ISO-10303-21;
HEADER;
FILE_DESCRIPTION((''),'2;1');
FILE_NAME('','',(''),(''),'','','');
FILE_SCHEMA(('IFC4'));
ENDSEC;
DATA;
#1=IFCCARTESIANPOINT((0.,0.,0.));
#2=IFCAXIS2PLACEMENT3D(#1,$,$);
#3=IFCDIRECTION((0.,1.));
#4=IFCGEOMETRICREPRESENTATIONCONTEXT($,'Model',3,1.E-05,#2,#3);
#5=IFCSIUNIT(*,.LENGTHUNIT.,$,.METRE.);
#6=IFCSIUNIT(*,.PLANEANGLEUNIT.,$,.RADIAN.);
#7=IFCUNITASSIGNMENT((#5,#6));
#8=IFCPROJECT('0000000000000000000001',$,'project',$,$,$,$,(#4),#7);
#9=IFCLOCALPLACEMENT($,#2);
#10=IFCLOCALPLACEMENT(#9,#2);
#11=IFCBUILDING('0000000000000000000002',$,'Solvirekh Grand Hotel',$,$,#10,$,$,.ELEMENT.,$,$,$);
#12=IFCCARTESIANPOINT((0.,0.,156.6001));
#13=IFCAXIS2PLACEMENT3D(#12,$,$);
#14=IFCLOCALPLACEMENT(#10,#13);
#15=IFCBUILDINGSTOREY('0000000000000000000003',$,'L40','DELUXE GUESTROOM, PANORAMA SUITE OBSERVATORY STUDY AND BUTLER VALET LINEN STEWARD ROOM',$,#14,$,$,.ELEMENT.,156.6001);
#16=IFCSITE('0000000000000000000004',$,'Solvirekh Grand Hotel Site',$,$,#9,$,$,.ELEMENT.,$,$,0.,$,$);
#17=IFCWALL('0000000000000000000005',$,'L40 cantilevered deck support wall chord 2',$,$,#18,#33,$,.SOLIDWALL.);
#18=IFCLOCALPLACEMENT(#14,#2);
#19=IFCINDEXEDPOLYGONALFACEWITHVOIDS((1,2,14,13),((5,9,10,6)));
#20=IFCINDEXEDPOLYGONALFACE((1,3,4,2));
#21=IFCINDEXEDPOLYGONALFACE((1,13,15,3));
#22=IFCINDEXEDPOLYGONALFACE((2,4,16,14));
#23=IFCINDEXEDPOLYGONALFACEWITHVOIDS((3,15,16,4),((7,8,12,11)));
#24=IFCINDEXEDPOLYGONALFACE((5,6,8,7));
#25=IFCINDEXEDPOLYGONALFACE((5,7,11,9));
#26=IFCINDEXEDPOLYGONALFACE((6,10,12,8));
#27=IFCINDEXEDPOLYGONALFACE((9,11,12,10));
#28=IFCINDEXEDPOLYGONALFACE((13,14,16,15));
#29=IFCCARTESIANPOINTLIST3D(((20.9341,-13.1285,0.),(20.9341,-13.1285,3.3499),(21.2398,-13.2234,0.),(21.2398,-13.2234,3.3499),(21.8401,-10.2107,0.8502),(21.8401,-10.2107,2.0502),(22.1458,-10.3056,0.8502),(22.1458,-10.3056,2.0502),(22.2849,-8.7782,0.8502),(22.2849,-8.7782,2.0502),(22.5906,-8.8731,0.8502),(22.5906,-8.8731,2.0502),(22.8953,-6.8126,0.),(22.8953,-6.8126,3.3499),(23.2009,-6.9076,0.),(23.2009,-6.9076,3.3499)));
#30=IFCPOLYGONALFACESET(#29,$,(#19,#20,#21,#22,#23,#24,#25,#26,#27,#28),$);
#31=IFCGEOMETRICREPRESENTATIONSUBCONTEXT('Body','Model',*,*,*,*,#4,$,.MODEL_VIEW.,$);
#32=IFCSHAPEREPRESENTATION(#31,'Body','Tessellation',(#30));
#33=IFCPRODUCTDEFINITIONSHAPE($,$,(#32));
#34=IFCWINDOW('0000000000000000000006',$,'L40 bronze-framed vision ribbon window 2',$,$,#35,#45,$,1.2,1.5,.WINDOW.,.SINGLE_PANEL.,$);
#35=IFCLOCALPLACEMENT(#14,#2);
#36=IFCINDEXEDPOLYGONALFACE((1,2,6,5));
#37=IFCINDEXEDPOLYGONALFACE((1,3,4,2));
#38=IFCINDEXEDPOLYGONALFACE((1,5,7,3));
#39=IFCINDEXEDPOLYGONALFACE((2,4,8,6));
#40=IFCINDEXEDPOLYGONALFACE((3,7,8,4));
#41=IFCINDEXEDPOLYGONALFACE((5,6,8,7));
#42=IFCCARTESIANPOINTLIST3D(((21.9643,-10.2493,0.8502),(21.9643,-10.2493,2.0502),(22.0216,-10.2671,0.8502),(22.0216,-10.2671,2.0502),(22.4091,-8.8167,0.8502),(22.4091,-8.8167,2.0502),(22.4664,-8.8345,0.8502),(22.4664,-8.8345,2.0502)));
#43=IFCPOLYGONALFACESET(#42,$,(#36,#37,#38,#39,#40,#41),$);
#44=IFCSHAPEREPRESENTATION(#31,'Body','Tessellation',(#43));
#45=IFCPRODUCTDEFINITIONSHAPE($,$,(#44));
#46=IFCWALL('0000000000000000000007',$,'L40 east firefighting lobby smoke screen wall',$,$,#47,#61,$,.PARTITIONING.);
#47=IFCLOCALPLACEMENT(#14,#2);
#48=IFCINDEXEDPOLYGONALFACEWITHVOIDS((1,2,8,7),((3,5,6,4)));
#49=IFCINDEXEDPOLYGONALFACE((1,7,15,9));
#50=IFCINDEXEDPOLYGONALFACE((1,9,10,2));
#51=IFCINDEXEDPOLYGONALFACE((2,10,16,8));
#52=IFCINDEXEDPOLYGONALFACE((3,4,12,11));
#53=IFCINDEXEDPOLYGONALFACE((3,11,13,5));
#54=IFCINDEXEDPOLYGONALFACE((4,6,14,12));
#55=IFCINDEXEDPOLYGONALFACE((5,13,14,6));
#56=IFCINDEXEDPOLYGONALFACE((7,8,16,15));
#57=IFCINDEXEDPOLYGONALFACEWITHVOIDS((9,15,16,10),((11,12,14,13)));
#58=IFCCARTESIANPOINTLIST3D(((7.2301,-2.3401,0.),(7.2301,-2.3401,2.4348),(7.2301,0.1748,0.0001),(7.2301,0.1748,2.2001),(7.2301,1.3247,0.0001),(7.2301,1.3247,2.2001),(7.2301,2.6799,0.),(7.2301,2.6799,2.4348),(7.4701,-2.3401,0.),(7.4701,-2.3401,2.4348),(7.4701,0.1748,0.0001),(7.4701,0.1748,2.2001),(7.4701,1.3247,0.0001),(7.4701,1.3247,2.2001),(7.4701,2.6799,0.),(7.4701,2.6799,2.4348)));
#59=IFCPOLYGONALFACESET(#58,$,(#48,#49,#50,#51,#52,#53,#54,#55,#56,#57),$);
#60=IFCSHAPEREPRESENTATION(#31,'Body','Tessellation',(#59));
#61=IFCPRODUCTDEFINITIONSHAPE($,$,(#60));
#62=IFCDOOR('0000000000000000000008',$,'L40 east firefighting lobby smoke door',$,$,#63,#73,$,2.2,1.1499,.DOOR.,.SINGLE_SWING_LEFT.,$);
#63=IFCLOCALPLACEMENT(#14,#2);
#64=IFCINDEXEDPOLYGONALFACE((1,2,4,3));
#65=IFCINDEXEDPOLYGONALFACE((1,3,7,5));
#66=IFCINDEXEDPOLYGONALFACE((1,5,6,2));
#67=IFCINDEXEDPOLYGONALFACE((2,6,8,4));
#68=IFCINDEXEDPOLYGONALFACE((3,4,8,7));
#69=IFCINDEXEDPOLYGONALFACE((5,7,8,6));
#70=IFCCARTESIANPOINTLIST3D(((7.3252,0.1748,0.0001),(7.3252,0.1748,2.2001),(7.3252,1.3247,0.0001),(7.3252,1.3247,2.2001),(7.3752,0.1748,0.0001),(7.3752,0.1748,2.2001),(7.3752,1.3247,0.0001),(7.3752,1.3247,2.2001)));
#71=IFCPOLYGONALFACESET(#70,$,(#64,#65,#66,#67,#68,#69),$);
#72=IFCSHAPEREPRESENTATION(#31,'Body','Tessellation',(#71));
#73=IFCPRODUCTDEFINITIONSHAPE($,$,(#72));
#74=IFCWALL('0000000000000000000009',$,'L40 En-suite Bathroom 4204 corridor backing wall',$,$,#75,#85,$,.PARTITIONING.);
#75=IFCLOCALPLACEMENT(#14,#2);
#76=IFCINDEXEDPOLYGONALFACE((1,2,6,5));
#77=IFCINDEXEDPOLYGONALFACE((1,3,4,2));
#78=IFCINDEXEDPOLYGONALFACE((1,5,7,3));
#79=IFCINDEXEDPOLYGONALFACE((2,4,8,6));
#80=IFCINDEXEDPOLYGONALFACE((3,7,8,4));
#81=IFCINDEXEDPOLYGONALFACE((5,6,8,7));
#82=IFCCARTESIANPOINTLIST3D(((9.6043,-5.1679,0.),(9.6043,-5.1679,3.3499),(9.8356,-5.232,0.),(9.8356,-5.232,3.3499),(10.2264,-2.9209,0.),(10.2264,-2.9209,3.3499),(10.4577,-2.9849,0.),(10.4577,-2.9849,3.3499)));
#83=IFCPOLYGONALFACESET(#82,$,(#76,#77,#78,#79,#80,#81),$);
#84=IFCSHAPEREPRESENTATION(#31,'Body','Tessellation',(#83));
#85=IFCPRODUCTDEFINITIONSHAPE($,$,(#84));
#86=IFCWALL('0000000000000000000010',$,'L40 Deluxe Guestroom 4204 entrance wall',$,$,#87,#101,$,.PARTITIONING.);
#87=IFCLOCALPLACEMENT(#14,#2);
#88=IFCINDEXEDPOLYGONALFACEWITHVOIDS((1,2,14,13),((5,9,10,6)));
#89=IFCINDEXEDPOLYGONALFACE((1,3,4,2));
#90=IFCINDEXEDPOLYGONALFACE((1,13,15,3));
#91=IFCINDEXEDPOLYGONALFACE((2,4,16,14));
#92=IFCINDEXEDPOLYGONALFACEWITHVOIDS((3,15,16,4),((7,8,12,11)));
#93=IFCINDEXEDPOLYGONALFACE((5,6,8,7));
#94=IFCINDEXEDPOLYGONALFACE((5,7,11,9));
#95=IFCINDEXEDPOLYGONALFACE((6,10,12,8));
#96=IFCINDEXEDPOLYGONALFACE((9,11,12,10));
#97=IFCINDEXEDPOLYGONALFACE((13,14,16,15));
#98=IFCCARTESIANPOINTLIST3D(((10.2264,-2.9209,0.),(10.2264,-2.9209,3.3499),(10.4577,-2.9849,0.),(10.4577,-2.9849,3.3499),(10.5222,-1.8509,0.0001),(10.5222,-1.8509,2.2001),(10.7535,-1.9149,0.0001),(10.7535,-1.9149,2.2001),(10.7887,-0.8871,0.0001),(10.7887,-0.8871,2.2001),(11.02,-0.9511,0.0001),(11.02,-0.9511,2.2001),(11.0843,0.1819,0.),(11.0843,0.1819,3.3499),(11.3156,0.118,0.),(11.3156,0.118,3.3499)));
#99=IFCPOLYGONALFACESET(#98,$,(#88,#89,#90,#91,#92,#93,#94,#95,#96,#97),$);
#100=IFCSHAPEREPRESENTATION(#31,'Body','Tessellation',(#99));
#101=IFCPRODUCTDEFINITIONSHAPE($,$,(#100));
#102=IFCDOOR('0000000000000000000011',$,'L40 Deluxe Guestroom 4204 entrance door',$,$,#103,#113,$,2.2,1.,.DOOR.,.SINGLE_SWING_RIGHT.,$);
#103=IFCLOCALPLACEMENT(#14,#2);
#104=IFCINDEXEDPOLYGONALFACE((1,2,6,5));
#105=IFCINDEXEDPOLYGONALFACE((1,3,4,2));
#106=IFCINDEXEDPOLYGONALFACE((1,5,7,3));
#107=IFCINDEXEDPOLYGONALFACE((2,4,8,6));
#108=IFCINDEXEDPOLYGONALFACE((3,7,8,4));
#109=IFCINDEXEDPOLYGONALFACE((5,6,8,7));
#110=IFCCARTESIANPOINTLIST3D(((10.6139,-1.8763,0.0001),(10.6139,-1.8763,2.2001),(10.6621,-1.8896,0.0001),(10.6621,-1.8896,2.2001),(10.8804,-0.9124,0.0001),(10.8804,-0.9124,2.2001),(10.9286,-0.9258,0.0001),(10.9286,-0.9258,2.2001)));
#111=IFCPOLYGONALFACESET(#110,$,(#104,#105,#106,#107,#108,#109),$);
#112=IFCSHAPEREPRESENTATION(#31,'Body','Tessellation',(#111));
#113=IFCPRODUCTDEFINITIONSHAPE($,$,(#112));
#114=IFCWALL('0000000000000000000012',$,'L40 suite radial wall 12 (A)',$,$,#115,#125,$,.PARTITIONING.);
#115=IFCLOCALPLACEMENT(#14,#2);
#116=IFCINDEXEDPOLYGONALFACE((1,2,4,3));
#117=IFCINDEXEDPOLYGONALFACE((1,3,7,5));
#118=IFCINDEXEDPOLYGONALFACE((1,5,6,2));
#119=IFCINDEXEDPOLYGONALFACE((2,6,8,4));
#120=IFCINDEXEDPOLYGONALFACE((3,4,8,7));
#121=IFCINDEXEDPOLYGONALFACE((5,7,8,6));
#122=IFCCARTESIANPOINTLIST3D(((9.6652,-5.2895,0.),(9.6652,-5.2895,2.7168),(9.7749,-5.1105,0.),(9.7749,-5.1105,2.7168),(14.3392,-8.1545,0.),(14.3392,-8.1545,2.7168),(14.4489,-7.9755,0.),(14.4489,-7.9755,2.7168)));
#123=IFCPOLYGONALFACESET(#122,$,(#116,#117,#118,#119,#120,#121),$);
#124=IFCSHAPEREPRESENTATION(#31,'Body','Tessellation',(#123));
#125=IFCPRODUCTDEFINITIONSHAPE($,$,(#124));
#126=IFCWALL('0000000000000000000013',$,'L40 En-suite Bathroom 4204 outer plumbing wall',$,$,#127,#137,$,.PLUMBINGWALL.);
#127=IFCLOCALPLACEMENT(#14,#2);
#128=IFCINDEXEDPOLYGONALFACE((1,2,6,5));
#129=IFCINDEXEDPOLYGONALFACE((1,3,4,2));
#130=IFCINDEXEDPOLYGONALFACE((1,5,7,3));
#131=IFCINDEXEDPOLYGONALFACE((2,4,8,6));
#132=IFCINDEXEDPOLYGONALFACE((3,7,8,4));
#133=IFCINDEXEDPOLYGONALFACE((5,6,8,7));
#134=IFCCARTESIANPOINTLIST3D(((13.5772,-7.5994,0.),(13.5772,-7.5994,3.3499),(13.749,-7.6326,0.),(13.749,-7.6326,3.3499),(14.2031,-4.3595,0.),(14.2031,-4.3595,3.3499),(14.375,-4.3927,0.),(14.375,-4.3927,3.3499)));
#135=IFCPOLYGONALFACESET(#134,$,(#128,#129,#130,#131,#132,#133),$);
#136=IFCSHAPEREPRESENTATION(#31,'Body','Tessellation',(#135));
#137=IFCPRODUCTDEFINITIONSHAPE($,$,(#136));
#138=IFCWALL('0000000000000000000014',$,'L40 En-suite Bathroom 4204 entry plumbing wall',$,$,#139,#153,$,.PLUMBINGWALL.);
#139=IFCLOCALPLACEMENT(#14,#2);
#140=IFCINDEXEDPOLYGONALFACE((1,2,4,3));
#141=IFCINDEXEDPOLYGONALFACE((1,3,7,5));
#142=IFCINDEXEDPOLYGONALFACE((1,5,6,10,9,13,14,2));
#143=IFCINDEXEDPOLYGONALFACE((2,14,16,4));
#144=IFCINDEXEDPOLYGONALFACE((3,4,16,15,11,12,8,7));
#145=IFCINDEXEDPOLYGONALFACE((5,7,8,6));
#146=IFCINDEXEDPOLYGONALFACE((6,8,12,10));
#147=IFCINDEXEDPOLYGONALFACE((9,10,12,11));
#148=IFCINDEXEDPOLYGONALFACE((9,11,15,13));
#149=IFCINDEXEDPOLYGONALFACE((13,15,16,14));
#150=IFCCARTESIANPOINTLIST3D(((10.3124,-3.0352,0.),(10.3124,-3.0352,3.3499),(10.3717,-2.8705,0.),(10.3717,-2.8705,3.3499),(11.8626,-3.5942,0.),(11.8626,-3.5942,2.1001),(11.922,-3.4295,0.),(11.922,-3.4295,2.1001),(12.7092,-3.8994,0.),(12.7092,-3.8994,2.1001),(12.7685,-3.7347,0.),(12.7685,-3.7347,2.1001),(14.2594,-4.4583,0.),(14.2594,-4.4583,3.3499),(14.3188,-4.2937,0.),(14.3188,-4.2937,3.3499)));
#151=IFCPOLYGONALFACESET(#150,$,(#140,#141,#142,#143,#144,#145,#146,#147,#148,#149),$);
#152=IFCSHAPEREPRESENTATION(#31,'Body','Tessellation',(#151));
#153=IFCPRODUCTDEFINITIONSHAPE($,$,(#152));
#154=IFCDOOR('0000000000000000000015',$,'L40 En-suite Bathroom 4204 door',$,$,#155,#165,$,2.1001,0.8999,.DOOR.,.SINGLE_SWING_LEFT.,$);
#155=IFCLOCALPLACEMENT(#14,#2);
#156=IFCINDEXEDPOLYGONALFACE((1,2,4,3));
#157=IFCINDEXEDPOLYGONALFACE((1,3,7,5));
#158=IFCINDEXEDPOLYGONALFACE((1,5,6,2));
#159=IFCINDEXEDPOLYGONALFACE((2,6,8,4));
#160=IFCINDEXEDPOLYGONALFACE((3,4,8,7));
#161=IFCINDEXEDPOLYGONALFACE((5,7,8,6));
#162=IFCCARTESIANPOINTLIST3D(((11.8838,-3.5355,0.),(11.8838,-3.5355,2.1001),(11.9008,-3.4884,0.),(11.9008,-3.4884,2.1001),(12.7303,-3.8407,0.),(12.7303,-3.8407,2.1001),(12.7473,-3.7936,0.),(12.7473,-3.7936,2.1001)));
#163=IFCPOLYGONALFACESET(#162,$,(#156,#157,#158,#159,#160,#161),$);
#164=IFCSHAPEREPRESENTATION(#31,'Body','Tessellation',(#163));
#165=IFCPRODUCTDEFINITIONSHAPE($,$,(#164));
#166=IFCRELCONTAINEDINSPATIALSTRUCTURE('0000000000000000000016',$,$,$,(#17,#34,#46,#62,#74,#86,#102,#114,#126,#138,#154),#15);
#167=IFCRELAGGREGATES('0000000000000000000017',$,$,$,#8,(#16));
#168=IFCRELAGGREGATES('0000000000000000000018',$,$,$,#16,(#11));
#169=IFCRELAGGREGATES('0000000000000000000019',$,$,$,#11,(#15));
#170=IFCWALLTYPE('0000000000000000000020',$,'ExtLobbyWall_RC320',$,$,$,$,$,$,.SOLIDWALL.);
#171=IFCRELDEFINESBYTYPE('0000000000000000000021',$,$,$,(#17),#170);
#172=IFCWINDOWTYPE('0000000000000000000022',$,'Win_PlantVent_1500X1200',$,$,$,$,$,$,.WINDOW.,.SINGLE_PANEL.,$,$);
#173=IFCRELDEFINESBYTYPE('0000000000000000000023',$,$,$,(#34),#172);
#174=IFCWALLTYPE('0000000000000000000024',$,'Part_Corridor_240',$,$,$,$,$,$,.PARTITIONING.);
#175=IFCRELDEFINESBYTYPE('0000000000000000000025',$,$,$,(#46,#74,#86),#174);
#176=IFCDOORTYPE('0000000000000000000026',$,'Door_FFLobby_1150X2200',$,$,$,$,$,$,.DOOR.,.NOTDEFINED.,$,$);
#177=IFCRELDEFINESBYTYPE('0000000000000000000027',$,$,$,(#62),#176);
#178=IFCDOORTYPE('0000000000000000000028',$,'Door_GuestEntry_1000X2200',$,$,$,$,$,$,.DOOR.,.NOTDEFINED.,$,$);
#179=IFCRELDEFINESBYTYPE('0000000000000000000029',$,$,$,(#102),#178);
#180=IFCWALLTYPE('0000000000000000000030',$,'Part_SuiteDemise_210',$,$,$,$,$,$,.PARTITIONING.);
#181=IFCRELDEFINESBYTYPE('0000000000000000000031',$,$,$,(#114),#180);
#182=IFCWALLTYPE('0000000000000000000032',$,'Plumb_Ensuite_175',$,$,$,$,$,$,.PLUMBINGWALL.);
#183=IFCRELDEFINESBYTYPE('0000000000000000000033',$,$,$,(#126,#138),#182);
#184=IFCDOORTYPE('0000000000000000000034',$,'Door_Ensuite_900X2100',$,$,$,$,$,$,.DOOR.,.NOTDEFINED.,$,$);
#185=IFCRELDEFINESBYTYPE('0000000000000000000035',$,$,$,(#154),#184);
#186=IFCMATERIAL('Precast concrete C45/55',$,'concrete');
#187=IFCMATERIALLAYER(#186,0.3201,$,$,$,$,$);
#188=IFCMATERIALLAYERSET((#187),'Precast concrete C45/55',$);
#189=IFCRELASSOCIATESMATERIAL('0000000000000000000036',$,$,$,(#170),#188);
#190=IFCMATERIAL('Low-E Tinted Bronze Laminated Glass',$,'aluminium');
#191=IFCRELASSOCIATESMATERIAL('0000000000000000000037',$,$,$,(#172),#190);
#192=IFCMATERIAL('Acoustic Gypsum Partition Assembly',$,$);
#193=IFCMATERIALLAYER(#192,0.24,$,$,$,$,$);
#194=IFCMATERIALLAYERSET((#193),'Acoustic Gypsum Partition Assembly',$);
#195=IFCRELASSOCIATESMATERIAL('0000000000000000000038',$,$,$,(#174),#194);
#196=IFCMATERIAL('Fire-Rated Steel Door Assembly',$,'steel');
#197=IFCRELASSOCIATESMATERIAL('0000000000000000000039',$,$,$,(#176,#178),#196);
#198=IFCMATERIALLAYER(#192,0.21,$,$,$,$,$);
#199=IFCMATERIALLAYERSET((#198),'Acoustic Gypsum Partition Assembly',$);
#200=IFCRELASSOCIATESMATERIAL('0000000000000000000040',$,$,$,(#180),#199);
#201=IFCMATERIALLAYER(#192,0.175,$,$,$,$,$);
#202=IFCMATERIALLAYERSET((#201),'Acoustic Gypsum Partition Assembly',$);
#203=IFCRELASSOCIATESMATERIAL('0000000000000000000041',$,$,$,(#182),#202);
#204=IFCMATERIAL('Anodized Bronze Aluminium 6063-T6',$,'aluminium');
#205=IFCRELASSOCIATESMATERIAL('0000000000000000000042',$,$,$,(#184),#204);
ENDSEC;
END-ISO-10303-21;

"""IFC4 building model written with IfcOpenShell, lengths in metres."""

from ifc_helpers import new_model, si_unit, direction, frame, frame_2d, origin, place, context, subcontext, project, spatial, rectangle, extrude, material, layer, layer_set, type_object, element, fill, save


model = new_model("IFC4")

# Units and contexts
model_context = context("Model", 3, precision=1e-05, world=origin(), true_north=direction((0.0, 1.0)))
body_context = subcontext(model_context, "Body", "Model", "MODEL_VIEW")
ifc_project = project(units=[si_unit("LENGTHUNIT", "METRE"), si_unit("PLANEANGLEUNIT", "RADIAN")], contexts=[model_context])

# Site, building, storey
site_placement = place(None, origin())
site = spatial("IfcSite", under=ifc_project, at=site_placement, Name="Solvirekh Grand Hotel Site", CompositionType="ELEMENT", RefElevation=0.0)
building_placement = place(site_placement, origin())
building = spatial("IfcBuilding", under=site, at=building_placement, Name="Solvirekh Grand Hotel", CompositionType="ELEMENT")
storey_placement = place(building_placement, frame((0.0, 0.0, 156.6001)))
storey = spatial("IfcBuildingStorey", under=building, at=storey_placement, Name="L40", Description="DELUXE GUESTROOM, PANORAMA SUITE OBSERVATORY STUDY AND BUTLER VALET LINEN STEWARD ROOM", CompositionType="ELEMENT", Elevation=156.6001)

# Wall, opening, window
ifc_material_1 = material(Name="Precast concrete C45/55", Category="concrete")
ifc_layer_1 = layer(ifc_material_1, 0.3201)
ifc_layer_set_1 = layer_set([ifc_layer_1], Name="Precast concrete C45/55")
wall_type_1 = type_object("IfcWallType", Name="ExtLobbyWall_RC320", PredefinedType="SOLIDWALL", material=ifc_layer_set_1)
wall_1_placement = place(storey_placement, frame((23.0481, -6.8601, 0.0), z_axis=(0.0, 0.0, 1.0), x_axis=(-0.296547, -0.955018, 0.0)))
wall_1 = element("IfcWall", 1, at=wall_1_placement, inside=storey, type_object=wall_type_1, Name="L40 cantilevered deck support wall chord 2", PredefinedType="SOLIDWALL", context=body_context, shape_type="SweptSolid", body=[
    extrude(rectangle(XDim=6.6133, YDim=0.3201, at=frame_2d((3.3066, 0.0))), origin(), (0.0, 0.0, 1.0), 3.3499),
])
opening_1_placement = place(wall_1_placement, frame((2.0581, 0.0, 0.8501)))
opening_1 = element("IfcOpeningElement", 2, at=opening_1_placement, cuts=wall_1, PredefinedType="OPENING", context=body_context, shape_type="SweptSolid", body=[
    extrude(rectangle(XDim=1.5, YDim=1.2, at=frame_2d((0.75, 0.6001))), frame((0.0, 0.1699, 0.0), z_axis=(0.0, -1.0, 0.0), x_axis=(1.0, 0.0, 0.0)), (0.0, 0.0, 1.0), 0.3401),
])
ifc_material_2 = material(Name="Low-E Tinted Bronze Laminated Glass", Category="aluminium")
window_type = type_object("IfcWindowType", Name="Win_PlantVent_1500X1200", PartitioningType="SINGLE_PANEL", PredefinedType="WINDOW", material=ifc_material_2)
window_placement = place(opening_1_placement, origin())
window = element("IfcWindow", 3, at=window_placement, inside=storey, type_object=window_type, Name="L40 bronze-framed vision ribbon window 2", OverallHeight=1.2, OverallWidth=1.5, PartitioningType="SINGLE_PANEL", PredefinedType="WINDOW", context=body_context, shape_type="SweptSolid", body=[
    extrude(rectangle(XDim=1.5, YDim=1.2, at=frame_2d((0.75, 0.6001))), frame((0.0, 0.03, 0.0), z_axis=(0.0, -1.0, 0.0), x_axis=(1.0, 0.0, 0.0)), (0.0, 0.0, 1.0), 0.0601),
])
fill(opening_1, window)

# Wall, opening, door
ifc_material_3 = material(Name="Acoustic Gypsum Partition Assembly")
ifc_layer_2 = layer(ifc_material_3, 0.24)
ifc_layer_set_2 = layer_set([ifc_layer_2], Name="Acoustic Gypsum Partition Assembly")
wall_type_2 = type_object("IfcWallType", Name="Part_Corridor_240", PredefinedType="PARTITIONING", material=ifc_layer_set_2)
wall_2_placement = place(storey_placement, frame((7.3501, -2.3401, 0.0), z_axis=(0.0, 0.0, 1.0), x_axis=(0.0, 1.0, 0.0)))
wall_2 = element("IfcWall", 4, at=wall_2_placement, inside=storey, type_object=wall_type_2, Name="L40 east firefighting lobby smoke screen wall", PredefinedType="PARTITIONING", context=body_context, shape_type="SweptSolid", body=[
    extrude(rectangle(XDim=5.02, YDim=0.24, at=frame_2d((2.51, 0.0))), origin(), (0.0, 0.0, 1.0), 2.4348),
])
opening_2_placement = place(wall_2_placement, frame((2.5149, 0.0, 0.0)))
opening_2 = element("IfcOpeningElement", 5, at=opening_2_placement, cuts=wall_2, PredefinedType="OPENING", context=body_context, shape_type="SweptSolid", body=[
    extrude(rectangle(XDim=1.1499, YDim=2.2, at=frame_2d((0.575, 1.1001))), frame((0.0, 0.1299, 0.0), z_axis=(0.0, -1.0, 0.0), x_axis=(1.0, 0.0, 0.0)), (0.0, 0.0, 1.0), 0.26),
])
ifc_material_4 = material(Name="Fire-Rated Steel Door Assembly", Category="steel")
door_type_1 = type_object("IfcDoorType", Name="Door_FFLobby_1150X2200", OperationType="NOTDEFINED", PredefinedType="DOOR", material=ifc_material_4)
door_1_placement = place(opening_2_placement, origin())
door_1 = element("IfcDoor", 6, at=door_1_placement, inside=storey, type_object=door_type_1, Name="L40 east firefighting lobby smoke door", OperationType="SINGLE_SWING_LEFT", OverallHeight=2.2, OverallWidth=1.1499, PredefinedType="DOOR", context=body_context, shape_type="SweptSolid", body=[
    extrude(rectangle(XDim=1.1499, YDim=2.2, at=frame_2d((0.575, 1.1001))), frame((0.0, 0.0249, 0.0), z_axis=(0.0, -1.0, 0.0), x_axis=(1.0, 0.0, 0.0)), (0.0, 0.0, 1.0), 0.05),
])
fill(opening_2, door_1)

# Wall
wall_3_placement = place(storey_placement, frame((9.72, -5.2, 0.0), z_axis=(0.0, 0.0, 1.0), x_axis=(0.266801, 0.963752, 0.0)))
element("IfcWall", 7, at=wall_3_placement, inside=storey, type_object=wall_type_2, Name="L40 En-suite Bathroom 4204 corridor backing wall", PredefinedType="PARTITIONING", context=body_context, shape_type="SweptSolid", body=[
    extrude(rectangle(XDim=2.3315, YDim=0.24, at=frame_2d((1.1658, 0.0))), origin(), (0.0, 0.0, 1.0), 3.3499),
])

# Wall, opening, door
wall_4_placement = place(storey_placement, frame((10.342, -2.9529, 0.0), z_axis=(0.0, 0.0, 1.0), x_axis=(0.266498, 0.963836, 0.0)))
wall_4 = element("IfcWall", 8, at=wall_4_placement, inside=storey, type_object=wall_type_2, Name="L40 Deluxe Guestroom 4204 entrance wall", PredefinedType="PARTITIONING", context=body_context, shape_type="SweptSolid", body=[
    extrude(rectangle(XDim=3.2192, YDim=0.24, at=frame_2d((1.6096, 0.0))), origin(), (0.0, 0.0, 1.0), 3.3499),
])
opening_3_placement = place(wall_4_placement, frame((1.1101, 0.0, 0.0)))
opening_3 = element("IfcOpeningElement", 9, at=opening_3_placement, cuts=wall_4, PredefinedType="OPENING", context=body_context, shape_type="SweptSolid", body=[
    extrude(rectangle(XDim=1.0, YDim=2.2, at=frame_2d((0.5, 1.1001))), frame((0.0, 0.1299, 0.0), z_axis=(0.0, -1.0, 0.0), x_axis=(1.0, 0.0, 0.0)), (0.0, 0.0, 1.0), 0.26),
])
door_type_2 = type_object("IfcDoorType", Name="Door_GuestEntry_1000X2200", OperationType="NOTDEFINED", PredefinedType="DOOR", material=ifc_material_4)
door_2_placement = place(opening_3_placement, origin())
door_2 = element("IfcDoor", 10, at=door_2_placement, inside=storey, type_object=door_type_2, Name="L40 Deluxe Guestroom 4204 entrance door", OperationType="SINGLE_SWING_RIGHT", OverallHeight=2.2, OverallWidth=1.0, PredefinedType="DOOR", context=body_context, shape_type="SweptSolid", body=[
    extrude(rectangle(XDim=1.0, YDim=2.2, at=frame_2d((0.5, 1.1001))), frame((0.0, 0.0249, 0.0), z_axis=(0.0, -1.0, 0.0), x_axis=(1.0, 0.0, 0.0)), (0.0, 0.0, 1.0), 0.05),
])
fill(opening_3, door_2)

# Walls
ifc_layer_3 = layer(ifc_material_3, 0.21)
ifc_layer_set_3 = layer_set([ifc_layer_3], Name="Acoustic Gypsum Partition Assembly")
wall_type_3 = type_object("IfcWallType", Name="Part_SuiteDemise_210", PredefinedType="PARTITIONING", material=ifc_layer_set_3)
wall_5_placement = place(storey_placement, frame((9.72, -5.2, 0.0), z_axis=(0.0, 0.0, 1.0), x_axis=(0.852582, -0.522593, 0.0)))
element("IfcWall", 11, at=wall_5_placement, inside=storey, type_object=wall_type_3, Name="L40 suite radial wall 12 (A)", PredefinedType="PARTITIONING", context=body_context, shape_type="SweptSolid", body=[
    extrude(rectangle(XDim=5.4822, YDim=0.21, at=frame_2d((2.7412, 0.0))), origin(), (0.0, 0.0, 1.0), 2.7168),
])
ifc_layer_4 = layer(ifc_material_3, 0.175)
ifc_layer_set_4 = layer_set([ifc_layer_4], Name="Acoustic Gypsum Partition Assembly")
wall_type_4 = type_object("IfcWallType", Name="Plumb_Ensuite_175", PredefinedType="PLUMBINGWALL", material=ifc_layer_set_4)
wall_6_placement = place(storey_placement, frame((13.6631, -7.616, 0.0), z_axis=(0.0, 0.0, 1.0), x_axis=(0.189695, 0.981843, 0.0)))
element("IfcWall", 12, at=wall_6_placement, inside=storey, type_object=wall_type_4, Name="L40 En-suite Bathroom 4204 outer plumbing wall", PredefinedType="PLUMBINGWALL", context=body_context, shape_type="SweptSolid", body=[
    extrude(rectangle(XDim=3.2998, YDim=0.175, at=frame_2d((1.6499, 0.0))), origin(), (0.0, 0.0, 1.0), 3.3499),
])

# Wall, opening, door
wall_7_placement = place(storey_placement, frame((10.342, -2.9529, 0.0), z_axis=(0.0, 0.0, 1.0), x_axis=(0.940723, -0.339177, 0.0)))
wall_7 = element("IfcWall", 13, at=wall_7_placement, inside=storey, type_object=wall_type_4, Name="L40 En-suite Bathroom 4204 entry plumbing wall", PredefinedType="PLUMBINGWALL", context=body_context, shape_type="SweptSolid", body=[
    extrude(rectangle(XDim=4.1958, YDim=0.175, at=frame_2d((2.0979, 0.0))), origin(), (0.0, 0.0, 1.0), 3.3499),
])
opening_4_placement = place(wall_7_placement, frame((1.6479, 0.0, 0.0)))
opening_4 = element("IfcOpeningElement", 14, at=opening_4_placement, cuts=wall_7, PredefinedType="OPENING", context=body_context, shape_type="SweptSolid", body=[
    extrude(rectangle(XDim=0.8999, YDim=2.1001, at=frame_2d((0.45, 1.05))), frame((0.0, 0.0977, 0.0), z_axis=(0.0, -1.0, 0.0), x_axis=(1.0, 0.0, 0.0)), (0.0, 0.0, 1.0), 0.1951),
])
ifc_material_5 = material(Name="Anodized Bronze Aluminium 6063-T6", Category="aluminium")
door_type_3 = type_object("IfcDoorType", Name="Door_Ensuite_900X2100", OperationType="NOTDEFINED", PredefinedType="DOOR", material=ifc_material_5)
door_3_placement = place(opening_4_placement, origin())
door_3 = element("IfcDoor", 15, at=door_3_placement, inside=storey, type_object=door_type_3, Name="L40 En-suite Bathroom 4204 door", OperationType="SINGLE_SWING_LEFT", OverallHeight=2.1001, OverallWidth=0.8999, PredefinedType="DOOR", context=body_context, shape_type="SweptSolid", body=[
    extrude(rectangle(XDim=0.8999, YDim=2.1001, at=frame_2d((0.45, 1.05))), frame((0.0, 0.0249, 0.0), z_axis=(0.0, -1.0, 0.0), x_axis=(1.0, 0.0, 0.0)), (0.0, 0.0, 1.0), 0.05),
])
fill(opening_4, door_3)

save(model, "model.ifc")
